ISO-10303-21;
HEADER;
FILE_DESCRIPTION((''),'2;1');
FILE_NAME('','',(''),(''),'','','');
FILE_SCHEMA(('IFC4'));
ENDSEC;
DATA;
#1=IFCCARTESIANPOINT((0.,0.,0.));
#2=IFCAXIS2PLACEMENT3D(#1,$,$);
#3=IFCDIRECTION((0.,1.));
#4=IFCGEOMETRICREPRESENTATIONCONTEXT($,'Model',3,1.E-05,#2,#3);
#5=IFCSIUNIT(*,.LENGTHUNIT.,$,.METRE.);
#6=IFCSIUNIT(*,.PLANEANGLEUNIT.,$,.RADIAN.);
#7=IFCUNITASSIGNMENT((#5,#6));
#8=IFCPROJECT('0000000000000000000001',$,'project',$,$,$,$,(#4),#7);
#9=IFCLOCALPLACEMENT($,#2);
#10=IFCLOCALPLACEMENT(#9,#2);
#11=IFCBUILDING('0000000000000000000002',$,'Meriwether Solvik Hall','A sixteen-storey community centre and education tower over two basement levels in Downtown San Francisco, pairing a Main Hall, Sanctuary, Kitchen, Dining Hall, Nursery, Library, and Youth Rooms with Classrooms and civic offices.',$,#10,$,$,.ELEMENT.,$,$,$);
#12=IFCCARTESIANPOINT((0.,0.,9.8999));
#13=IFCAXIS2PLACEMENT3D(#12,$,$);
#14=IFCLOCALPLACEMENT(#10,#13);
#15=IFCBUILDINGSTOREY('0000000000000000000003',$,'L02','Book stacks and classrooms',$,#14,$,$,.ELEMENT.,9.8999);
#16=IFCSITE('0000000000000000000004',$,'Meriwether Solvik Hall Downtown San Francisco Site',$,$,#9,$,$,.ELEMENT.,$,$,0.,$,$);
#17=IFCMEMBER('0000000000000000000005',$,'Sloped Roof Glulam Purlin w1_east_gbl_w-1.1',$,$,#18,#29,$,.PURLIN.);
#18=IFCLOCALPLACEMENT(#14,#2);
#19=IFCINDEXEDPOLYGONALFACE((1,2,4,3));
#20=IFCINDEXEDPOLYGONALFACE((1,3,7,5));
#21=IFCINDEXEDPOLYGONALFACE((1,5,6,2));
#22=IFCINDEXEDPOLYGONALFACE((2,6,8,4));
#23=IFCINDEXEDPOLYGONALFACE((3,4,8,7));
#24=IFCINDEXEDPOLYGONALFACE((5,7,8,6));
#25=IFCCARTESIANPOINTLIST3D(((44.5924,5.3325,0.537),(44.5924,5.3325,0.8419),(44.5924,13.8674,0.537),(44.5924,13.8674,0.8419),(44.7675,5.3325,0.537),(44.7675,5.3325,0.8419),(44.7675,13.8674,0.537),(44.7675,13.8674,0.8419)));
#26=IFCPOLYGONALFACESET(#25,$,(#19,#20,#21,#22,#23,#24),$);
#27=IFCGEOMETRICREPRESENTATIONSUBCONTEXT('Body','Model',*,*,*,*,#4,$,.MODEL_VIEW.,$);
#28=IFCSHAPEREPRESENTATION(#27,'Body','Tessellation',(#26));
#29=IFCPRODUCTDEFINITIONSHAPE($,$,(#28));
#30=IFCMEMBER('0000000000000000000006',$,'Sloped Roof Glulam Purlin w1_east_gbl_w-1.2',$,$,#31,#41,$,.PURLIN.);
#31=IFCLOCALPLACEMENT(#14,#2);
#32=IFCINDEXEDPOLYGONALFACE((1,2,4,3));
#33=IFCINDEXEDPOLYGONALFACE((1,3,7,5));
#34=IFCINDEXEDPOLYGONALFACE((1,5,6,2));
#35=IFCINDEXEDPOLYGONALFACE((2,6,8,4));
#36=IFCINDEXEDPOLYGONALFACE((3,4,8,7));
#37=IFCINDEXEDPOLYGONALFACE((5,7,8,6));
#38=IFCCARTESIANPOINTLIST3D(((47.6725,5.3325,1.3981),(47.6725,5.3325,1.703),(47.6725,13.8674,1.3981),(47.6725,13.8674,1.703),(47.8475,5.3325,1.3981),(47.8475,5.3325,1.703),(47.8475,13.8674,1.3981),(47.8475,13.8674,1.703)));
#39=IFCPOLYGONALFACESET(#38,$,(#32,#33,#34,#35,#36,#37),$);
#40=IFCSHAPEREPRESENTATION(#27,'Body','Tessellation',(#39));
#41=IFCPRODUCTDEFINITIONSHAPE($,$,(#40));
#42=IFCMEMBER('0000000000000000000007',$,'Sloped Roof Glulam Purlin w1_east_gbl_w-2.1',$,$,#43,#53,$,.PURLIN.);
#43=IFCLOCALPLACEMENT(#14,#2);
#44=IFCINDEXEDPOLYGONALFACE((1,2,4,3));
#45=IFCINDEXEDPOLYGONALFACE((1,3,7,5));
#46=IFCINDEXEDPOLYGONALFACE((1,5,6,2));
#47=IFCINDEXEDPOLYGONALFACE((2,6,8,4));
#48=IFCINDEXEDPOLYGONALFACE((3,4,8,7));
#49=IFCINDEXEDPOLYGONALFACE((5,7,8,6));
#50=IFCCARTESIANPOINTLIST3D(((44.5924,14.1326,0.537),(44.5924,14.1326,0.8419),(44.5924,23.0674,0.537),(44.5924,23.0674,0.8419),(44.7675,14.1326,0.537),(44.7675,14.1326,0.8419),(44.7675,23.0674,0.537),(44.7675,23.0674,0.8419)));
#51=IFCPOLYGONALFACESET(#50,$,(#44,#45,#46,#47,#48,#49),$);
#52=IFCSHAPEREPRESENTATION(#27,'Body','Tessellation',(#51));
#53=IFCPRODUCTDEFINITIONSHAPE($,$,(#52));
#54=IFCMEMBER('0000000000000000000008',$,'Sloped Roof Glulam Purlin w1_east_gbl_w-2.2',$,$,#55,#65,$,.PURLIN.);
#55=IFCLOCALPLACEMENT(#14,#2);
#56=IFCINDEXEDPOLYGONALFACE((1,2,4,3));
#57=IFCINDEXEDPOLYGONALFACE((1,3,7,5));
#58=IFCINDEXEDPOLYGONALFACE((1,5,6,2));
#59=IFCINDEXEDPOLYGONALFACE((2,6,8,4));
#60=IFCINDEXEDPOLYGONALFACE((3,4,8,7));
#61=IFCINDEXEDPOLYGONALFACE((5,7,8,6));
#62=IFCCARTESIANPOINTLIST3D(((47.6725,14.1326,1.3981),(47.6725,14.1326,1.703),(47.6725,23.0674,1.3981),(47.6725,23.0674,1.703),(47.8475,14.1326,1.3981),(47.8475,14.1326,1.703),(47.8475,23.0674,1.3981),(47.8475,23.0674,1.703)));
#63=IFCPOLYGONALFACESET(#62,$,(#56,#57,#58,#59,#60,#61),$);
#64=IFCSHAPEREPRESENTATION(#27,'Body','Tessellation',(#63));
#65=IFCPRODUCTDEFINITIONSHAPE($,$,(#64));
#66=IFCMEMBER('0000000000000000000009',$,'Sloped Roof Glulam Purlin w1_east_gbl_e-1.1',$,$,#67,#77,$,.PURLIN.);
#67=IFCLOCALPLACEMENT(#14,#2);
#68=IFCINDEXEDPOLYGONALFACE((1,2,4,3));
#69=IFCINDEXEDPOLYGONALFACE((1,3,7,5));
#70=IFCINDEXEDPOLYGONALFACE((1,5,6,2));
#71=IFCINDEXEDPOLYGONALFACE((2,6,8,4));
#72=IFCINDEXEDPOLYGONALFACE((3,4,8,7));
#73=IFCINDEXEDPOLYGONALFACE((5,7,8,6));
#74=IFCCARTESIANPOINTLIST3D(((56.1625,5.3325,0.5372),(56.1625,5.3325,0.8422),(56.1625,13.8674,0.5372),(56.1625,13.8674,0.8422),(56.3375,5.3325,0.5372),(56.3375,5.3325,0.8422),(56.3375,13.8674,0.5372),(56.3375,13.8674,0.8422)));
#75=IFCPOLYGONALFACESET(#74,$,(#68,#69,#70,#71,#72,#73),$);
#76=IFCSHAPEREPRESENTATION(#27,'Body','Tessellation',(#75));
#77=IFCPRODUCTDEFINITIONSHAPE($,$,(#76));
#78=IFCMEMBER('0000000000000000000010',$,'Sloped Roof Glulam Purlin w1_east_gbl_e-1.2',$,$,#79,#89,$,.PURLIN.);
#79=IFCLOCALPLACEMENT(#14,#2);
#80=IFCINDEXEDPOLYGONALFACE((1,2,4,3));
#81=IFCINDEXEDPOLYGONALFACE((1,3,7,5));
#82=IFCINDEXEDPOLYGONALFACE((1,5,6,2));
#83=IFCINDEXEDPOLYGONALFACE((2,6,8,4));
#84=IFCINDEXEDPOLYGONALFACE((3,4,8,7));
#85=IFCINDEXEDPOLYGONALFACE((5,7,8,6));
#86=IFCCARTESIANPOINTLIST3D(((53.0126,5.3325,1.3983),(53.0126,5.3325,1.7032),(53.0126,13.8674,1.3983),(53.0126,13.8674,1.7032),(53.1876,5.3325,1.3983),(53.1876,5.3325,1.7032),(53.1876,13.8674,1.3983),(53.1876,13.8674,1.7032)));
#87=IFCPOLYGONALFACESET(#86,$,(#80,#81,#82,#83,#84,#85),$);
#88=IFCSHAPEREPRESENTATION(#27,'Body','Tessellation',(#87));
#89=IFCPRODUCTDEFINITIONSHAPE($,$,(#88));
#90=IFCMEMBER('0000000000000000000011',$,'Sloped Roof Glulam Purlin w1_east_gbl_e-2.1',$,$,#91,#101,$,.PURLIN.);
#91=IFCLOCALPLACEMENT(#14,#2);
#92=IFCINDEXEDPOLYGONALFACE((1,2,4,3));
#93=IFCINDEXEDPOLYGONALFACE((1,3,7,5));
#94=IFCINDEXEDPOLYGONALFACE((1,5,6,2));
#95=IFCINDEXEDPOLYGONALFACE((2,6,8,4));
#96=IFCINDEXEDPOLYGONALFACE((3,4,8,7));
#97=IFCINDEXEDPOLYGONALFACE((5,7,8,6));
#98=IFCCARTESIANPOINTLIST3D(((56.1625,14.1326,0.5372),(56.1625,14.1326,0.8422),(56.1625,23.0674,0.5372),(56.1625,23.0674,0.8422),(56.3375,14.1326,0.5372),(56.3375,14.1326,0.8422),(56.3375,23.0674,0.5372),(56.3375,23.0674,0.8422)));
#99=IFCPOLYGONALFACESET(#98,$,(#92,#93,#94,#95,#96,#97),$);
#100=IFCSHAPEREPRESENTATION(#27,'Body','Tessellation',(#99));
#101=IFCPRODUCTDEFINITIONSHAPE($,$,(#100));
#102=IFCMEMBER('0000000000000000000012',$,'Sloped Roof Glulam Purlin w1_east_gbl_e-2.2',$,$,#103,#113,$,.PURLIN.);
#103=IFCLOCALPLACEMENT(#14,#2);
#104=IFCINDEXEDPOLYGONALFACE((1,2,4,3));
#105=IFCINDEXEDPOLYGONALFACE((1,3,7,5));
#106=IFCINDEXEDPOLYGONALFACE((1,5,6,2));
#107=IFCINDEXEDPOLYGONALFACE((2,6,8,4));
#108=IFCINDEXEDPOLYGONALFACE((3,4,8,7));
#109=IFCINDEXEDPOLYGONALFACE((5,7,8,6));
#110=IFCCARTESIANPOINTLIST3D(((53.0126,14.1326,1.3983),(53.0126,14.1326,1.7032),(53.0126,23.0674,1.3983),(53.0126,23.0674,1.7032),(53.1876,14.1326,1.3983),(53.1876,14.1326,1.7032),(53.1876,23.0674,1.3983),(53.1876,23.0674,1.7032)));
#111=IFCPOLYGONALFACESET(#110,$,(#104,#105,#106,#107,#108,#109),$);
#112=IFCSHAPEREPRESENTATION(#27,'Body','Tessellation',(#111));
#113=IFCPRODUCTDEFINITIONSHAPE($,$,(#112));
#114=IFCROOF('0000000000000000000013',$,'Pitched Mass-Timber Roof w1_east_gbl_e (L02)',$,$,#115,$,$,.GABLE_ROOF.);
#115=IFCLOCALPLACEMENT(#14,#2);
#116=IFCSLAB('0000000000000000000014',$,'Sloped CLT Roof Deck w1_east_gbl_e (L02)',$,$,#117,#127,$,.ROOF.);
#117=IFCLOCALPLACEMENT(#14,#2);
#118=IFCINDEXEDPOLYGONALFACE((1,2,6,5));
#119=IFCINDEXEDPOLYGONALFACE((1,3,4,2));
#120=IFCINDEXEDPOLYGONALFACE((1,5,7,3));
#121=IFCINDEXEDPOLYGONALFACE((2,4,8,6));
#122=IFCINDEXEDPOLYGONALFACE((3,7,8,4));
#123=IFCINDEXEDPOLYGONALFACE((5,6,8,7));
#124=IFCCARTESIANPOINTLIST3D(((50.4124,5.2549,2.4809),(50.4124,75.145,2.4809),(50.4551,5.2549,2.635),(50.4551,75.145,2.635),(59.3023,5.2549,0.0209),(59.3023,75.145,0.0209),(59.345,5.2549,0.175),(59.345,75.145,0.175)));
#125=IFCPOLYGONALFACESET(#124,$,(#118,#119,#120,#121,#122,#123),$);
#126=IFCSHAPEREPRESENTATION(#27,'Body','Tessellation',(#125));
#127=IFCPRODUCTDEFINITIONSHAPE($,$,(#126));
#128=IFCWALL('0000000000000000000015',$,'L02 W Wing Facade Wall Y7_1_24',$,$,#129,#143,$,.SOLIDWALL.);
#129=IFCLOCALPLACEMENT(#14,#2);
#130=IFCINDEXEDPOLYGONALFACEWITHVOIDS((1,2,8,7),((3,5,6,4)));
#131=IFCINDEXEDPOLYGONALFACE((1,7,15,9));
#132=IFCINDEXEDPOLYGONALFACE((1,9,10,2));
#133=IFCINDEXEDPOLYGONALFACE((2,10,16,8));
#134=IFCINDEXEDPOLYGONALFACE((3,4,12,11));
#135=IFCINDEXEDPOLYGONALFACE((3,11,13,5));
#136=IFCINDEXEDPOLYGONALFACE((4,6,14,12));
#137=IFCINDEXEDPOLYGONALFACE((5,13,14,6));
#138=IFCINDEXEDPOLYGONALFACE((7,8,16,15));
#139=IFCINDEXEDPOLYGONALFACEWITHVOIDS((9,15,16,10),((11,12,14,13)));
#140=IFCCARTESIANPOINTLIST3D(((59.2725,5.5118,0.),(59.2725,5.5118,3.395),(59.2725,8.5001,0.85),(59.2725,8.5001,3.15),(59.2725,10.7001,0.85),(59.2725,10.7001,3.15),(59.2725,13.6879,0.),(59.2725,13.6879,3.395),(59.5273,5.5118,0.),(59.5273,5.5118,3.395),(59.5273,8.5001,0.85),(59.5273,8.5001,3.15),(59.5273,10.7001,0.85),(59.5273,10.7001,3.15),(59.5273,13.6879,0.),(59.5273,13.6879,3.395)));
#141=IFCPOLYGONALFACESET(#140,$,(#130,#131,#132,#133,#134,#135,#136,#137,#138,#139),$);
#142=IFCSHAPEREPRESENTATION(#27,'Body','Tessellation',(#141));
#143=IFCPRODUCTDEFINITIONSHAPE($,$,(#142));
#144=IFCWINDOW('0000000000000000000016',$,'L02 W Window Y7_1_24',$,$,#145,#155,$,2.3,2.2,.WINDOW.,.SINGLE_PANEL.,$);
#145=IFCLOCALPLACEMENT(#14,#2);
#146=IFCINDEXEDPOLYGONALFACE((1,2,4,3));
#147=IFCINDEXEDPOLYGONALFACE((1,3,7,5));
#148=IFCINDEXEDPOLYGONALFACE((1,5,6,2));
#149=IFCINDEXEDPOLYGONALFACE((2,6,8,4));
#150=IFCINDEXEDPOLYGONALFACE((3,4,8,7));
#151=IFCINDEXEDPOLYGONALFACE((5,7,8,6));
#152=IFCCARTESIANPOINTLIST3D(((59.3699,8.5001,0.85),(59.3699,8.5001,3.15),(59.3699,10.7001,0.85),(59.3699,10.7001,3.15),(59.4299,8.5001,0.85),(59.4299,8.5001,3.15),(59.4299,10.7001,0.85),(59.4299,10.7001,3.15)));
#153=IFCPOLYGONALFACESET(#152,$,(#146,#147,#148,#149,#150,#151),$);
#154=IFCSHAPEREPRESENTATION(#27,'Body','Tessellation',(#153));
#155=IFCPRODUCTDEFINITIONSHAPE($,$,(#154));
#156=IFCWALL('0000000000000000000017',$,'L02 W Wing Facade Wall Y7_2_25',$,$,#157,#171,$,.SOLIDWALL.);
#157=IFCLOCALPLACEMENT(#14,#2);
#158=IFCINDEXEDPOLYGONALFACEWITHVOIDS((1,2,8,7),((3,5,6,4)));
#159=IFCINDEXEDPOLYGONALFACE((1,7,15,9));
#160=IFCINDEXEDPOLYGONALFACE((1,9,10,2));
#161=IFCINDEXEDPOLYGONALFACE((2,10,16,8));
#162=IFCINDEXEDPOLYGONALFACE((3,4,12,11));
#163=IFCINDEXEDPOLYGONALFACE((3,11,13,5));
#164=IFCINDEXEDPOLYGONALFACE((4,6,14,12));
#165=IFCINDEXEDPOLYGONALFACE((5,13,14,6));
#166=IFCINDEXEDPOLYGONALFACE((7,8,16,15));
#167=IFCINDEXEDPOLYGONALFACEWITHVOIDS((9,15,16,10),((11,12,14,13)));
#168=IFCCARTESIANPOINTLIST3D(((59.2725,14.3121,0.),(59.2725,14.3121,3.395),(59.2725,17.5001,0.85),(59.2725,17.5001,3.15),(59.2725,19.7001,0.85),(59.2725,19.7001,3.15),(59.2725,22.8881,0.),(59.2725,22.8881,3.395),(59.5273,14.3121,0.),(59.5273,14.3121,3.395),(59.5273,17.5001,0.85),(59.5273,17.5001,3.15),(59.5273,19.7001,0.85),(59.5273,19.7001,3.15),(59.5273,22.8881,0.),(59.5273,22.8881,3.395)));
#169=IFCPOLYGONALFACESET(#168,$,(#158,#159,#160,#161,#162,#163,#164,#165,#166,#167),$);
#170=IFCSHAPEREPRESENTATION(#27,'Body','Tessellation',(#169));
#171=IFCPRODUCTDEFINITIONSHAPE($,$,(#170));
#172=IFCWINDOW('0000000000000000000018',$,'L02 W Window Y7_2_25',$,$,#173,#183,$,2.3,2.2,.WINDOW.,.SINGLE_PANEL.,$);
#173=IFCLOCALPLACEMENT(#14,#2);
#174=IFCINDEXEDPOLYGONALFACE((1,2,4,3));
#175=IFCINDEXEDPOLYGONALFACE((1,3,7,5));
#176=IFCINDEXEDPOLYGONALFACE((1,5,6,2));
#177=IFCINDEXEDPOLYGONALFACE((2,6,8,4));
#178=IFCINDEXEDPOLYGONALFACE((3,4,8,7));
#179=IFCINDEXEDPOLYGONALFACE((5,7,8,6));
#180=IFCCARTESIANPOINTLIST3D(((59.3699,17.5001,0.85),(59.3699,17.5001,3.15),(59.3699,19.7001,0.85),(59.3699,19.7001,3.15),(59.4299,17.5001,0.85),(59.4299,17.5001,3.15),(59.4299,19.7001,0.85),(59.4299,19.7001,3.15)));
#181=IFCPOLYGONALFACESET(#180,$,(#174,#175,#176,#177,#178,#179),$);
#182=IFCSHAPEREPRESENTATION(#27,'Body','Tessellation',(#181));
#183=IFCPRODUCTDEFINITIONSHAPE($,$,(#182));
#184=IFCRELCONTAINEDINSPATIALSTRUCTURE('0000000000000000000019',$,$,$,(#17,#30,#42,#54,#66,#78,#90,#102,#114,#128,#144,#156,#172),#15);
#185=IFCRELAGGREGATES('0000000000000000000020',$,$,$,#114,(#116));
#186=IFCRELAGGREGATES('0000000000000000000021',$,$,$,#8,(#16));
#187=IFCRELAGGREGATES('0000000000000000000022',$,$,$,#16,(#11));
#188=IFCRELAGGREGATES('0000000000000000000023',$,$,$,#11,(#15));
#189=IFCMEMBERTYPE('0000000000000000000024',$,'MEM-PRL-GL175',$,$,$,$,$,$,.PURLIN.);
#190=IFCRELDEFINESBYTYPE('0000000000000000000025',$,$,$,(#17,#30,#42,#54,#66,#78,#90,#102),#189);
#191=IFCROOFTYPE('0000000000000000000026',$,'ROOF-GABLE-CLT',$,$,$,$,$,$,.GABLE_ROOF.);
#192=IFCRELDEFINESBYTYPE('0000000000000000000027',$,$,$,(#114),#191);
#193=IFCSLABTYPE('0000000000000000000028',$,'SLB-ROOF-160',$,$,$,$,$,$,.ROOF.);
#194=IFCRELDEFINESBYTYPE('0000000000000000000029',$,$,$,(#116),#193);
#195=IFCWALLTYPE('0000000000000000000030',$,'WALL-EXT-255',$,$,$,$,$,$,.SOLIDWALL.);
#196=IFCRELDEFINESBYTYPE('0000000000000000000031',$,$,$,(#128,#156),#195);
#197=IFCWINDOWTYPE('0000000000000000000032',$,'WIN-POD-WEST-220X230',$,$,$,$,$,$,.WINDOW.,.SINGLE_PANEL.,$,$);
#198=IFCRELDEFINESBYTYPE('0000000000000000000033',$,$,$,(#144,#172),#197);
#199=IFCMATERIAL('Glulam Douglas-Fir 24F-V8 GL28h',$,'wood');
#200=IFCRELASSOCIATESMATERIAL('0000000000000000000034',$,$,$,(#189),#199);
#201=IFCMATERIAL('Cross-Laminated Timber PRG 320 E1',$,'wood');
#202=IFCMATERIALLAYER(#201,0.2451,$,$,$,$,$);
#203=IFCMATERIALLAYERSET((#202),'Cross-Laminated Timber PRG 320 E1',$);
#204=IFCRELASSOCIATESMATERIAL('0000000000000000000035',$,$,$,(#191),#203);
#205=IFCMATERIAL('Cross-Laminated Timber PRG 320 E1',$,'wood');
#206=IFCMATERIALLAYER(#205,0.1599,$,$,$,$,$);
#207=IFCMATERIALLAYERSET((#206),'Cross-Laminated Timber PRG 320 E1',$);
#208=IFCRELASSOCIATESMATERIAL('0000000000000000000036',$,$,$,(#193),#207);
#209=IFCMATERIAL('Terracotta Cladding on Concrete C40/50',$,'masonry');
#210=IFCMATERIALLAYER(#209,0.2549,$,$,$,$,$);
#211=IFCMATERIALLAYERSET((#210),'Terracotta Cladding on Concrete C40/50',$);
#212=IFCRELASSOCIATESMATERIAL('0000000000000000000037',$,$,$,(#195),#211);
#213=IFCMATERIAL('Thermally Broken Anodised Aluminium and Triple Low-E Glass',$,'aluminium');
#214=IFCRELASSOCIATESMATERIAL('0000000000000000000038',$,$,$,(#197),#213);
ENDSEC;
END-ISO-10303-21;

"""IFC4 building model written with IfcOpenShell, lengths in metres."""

from ifc_helpers import new_model, si_unit, direction, frame, frame_2d, origin, origin_2d, place, context, subcontext, project, spatial, polyline, rectangle, outline, extrude, material, layer, layer_set, material_profile, profile_set, type_object, element, fill, aggregate, save


model = new_model("IFC4")

# Units and contexts
model_context = context("Model", 3, precision=1e-05, world=origin(), true_north=direction((0.0, 1.0)))
body_context = subcontext(model_context, "Body", "Model", "MODEL_VIEW")
ifc_project = project(units=[si_unit("LENGTHUNIT", "METRE"), si_unit("PLANEANGLEUNIT", "RADIAN")], contexts=[model_context])

# Site, building, storey
site_placement = place(None, origin())
site = spatial("IfcSite", under=ifc_project, at=site_placement, Name="Meriwether Solvik Hall Downtown San Francisco Site", CompositionType="ELEMENT", RefElevation=0.0)
building_placement = place(site_placement, origin())
building = spatial("IfcBuilding", under=site, at=building_placement, Name="Meriwether Solvik Hall", Description="A sixteen-storey community centre and education tower over two basement levels in Downtown San Francisco, pairing a Main Hall, Sanctuary, Kitchen, Dining Hall, Nursery, Library, and Youth Rooms with Classrooms and civic offices.", CompositionType="ELEMENT")
storey_placement = place(building_placement, frame((0.0, 0.0, 9.8999)))
storey = spatial("IfcBuildingStorey", under=building, at=storey_placement, Name="L02", Description="Book stacks and classrooms", CompositionType="ELEMENT", Elevation=9.8999)

# Members
ifc_material_1 = material(Name="Glulam Douglas-Fir 24F-V8 GL28h", Category="wood")
ifc_material_profile_1 = material_profile(ifc_material_1, rectangle(XDim=0.175, YDim=0.3049, at=origin_2d()), Name="GLM-175X305")
ifc_profile_set_1 = profile_set([ifc_material_profile_1], Name="Glulam Douglas-Fir 24F-V8 GL28h")
member_type = type_object("IfcMemberType", Name="MEM-PRL-GL175", PredefinedType="PURLIN", material=ifc_profile_set_1)
for number, where, z_axis, x_axis, name in (
    (1, (44.6799, 5.3325, 0.6895), (0.0, 1.0, 0.0), (-1.0, 0.0, 0.0), "Sloped Roof Glulam Purlin w1_east_gbl_w-1.1"),
    (2, (47.76, 5.3325, 1.5505), (0.0, 1.0, 0.0), (-1.0, 0.0, 0.0), "Sloped Roof Glulam Purlin w1_east_gbl_w-1.2"),
):
    element("IfcMember", number, at=place(storey_placement, frame(where, z_axis=z_axis, x_axis=x_axis)), inside=storey, type_object=member_type, Name=name, PredefinedType="PURLIN", context=body_context, shape_type="SweptSolid", body=[
        extrude(rectangle(XDim=0.175, YDim=0.3049, at=origin_2d()), origin(), (0.0, 0.0, 1.0), 8.5349),
    ])
for number, where, z_axis, x_axis, name in (
    (3, (44.6799, 14.1326, 0.6895), (0.0, 1.0, 0.0), (-1.0, 0.0, 0.0), "Sloped Roof Glulam Purlin w1_east_gbl_w-2.1"),
    (4, (47.76, 14.1326, 1.5505), (0.0, 1.0, 0.0), (-1.0, 0.0, 0.0), "Sloped Roof Glulam Purlin w1_east_gbl_w-2.2"),
):
    element("IfcMember", number, at=place(storey_placement, frame(where, z_axis=z_axis, x_axis=x_axis)), inside=storey, type_object=member_type, Name=name, PredefinedType="PURLIN", context=body_context, shape_type="SweptSolid", body=[
        extrude(rectangle(XDim=0.175, YDim=0.3049, at=origin_2d()), origin(), (0.0, 0.0, 1.0), 8.9348),
    ])
for number, where, z_axis, x_axis, name in (
    (5, (56.25, 5.3325, 0.6897), (0.0, 1.0, 0.0), (-1.0, 0.0, 0.0), "Sloped Roof Glulam Purlin w1_east_gbl_e-1.1"),
    (6, (53.1001, 5.3325, 1.5508), (0.0, 1.0, 0.0), (-1.0, 0.0, 0.0), "Sloped Roof Glulam Purlin w1_east_gbl_e-1.2"),
):
    element("IfcMember", number, at=place(storey_placement, frame(where, z_axis=z_axis, x_axis=x_axis)), inside=storey, type_object=member_type, Name=name, PredefinedType="PURLIN", context=body_context, shape_type="SweptSolid", body=[
        extrude(rectangle(XDim=0.175, YDim=0.3049, at=origin_2d()), origin(), (0.0, 0.0, 1.0), 8.5349),
    ])
for number, where, z_axis, x_axis, name in (
    (7, (56.25, 14.1326, 0.6897), (0.0, 1.0, 0.0), (-1.0, 0.0, 0.0), "Sloped Roof Glulam Purlin w1_east_gbl_e-2.1"),
    (8, (53.1001, 14.1326, 1.5508), (0.0, 1.0, 0.0), (-1.0, 0.0, 0.0), "Sloped Roof Glulam Purlin w1_east_gbl_e-2.2"),
):
    element("IfcMember", number, at=place(storey_placement, frame(where, z_axis=z_axis, x_axis=x_axis)), inside=storey, type_object=member_type, Name=name, PredefinedType="PURLIN", context=body_context, shape_type="SweptSolid", body=[
        extrude(rectangle(XDim=0.175, YDim=0.3049, at=origin_2d()), origin(), (0.0, 0.0, 1.0), 8.9348),
    ])

# Roof, slab
ifc_material_2 = material(Name="Cross-Laminated Timber PRG 320 E1", Category="wood")
ifc_layer_1 = layer(ifc_material_2, 0.2451)
ifc_layer_set_1 = layer_set([ifc_layer_1], Name="Cross-Laminated Timber PRG 320 E1")
roof_type = type_object("IfcRoofType", Name="ROOF-GABLE-CLT", PredefinedType="GABLE_ROOF", material=ifc_layer_set_1)
roof_placement = place(storey_placement, origin())
roof = element("IfcRoof", 9, at=roof_placement, inside=storey, type_object=roof_type, Name="Pitched Mass-Timber Roof w1_east_gbl_e (L02)", PredefinedType="GABLE_ROOF")
ifc_material_3 = material(Name="Cross-Laminated Timber PRG 320 E1", Category="wood")
ifc_layer_2 = layer(ifc_material_3, 0.1599)
ifc_layer_set_2 = layer_set([ifc_layer_2], Name="Cross-Laminated Timber PRG 320 E1")
slab_type = type_object("IfcSlabType", Name="SLB-ROOF-160", PredefinedType="ROOF", material=ifc_layer_set_2)
slab_placement = place(storey_placement, frame((50.4551, 5.2549, 2.635), z_axis=(0.266692, 0.0, 0.963782), x_axis=(0.963782, 0.0, -0.266692)))
slab = element("IfcSlab", 10, at=slab_placement, type_object=slab_type, Name="Sloped CLT Roof Deck w1_east_gbl_e (L02)", PredefinedType="ROOF", context=body_context, shape_type="SweptSolid", body=[
    extrude(outline(polyline([(0.0, 0.0), (9.224, 0.0), (9.224, 69.8901), (0.0, 69.8901), (0.0, 0.0)])), origin(), (0.0, 0.0, -1.0), 0.1599),
])
aggregate(roof, [slab])

# Walls, openings, windows
ifc_material_4 = material(Name="Terracotta Cladding on Concrete C40/50", Category="masonry")
ifc_layer_3 = layer(ifc_material_4, 0.2549)
ifc_layer_set_3 = layer_set([ifc_layer_3], Name="Terracotta Cladding on Concrete C40/50")
wall_type = type_object("IfcWallType", Name="WALL-EXT-255", PredefinedType="SOLIDWALL", material=ifc_layer_set_3)
wall_1_placement = place(storey_placement, frame((59.3999, 5.512, 0.0), z_axis=(0.0, 0.0, 1.0), x_axis=(0.0, 1.0, 0.0)))
wall_1 = element("IfcWall", 11, at=wall_1_placement, inside=storey, type_object=wall_type, Name="L02 W Wing Facade Wall Y7_1_24", PredefinedType="SOLIDWALL", context=body_context, shape_type="SweptSolid", body=[
    extrude(rectangle(XDim=8.176, YDim=0.2549, at=frame_2d((4.0879, 0.0))), origin(), (0.0, 0.0, 1.0), 3.395),
])
opening_1_placement = place(wall_1_placement, frame((2.988, 0.0, 0.8501)))
opening_1 = element("IfcOpeningElement", 12, at=opening_1_placement, cuts=wall_1, PredefinedType="OPENING", context=body_context, shape_type="SweptSolid", body=[
    extrude(rectangle(XDim=2.2, YDim=2.3, at=frame_2d((1.1001, 1.1499))), frame((0.0, 0.1394, 0.0), z_axis=(0.0, -1.0, 0.0), x_axis=(1.0, 0.0, 0.0)), (0.0, 0.0, 1.0), 0.2788),
])
ifc_material_5 = material(Name="Thermally Broken Anodised Aluminium and Triple Low-E Glass", Category="aluminium")
window_type = type_object("IfcWindowType", Name="WIN-POD-WEST-220X230", PartitioningType="SINGLE_PANEL", PredefinedType="WINDOW", material=ifc_material_5)
window_1_placement = place(opening_1_placement, origin())
window_1 = element("IfcWindow", 13, at=window_1_placement, inside=storey, type_object=window_type, Name="L02 W Window Y7_1_24", OverallHeight=2.3, OverallWidth=2.2, PartitioningType="SINGLE_PANEL", PredefinedType="WINDOW", context=body_context, shape_type="SweptSolid", body=[
    extrude(rectangle(XDim=2.2, YDim=2.3, at=frame_2d((1.1001, 1.1499))), frame((0.0, 0.03, 0.0), z_axis=(0.0, -1.0, 0.0), x_axis=(1.0, 0.0, 0.0)), (0.0, 0.0, 1.0), 0.0601),
])
fill(opening_1, window_1)
wall_2_placement = place(storey_placement, frame((59.3999, 14.312, 0.0), z_axis=(0.0, 0.0, 1.0), x_axis=(0.0, 1.0, 0.0)))
wall_2 = element("IfcWall", 14, at=wall_2_placement, inside=storey, type_object=wall_type, Name="L02 W Wing Facade Wall Y7_2_25", PredefinedType="SOLIDWALL", context=body_context, shape_type="SweptSolid", body=[
    extrude(rectangle(XDim=8.5759, YDim=0.2549, at=frame_2d((4.2881, 0.0))), origin(), (0.0, 0.0, 1.0), 3.395),
])
opening_2_placement = place(wall_2_placement, frame((3.188, 0.0, 0.8501)))
opening_2 = element("IfcOpeningElement", 15, at=opening_2_placement, cuts=wall_2, PredefinedType="OPENING", context=body_context, shape_type="SweptSolid", body=[
    extrude(rectangle(XDim=2.2, YDim=2.3, at=frame_2d((1.1001, 1.1499))), frame((0.0, 0.1394, 0.0), z_axis=(0.0, -1.0, 0.0), x_axis=(1.0, 0.0, 0.0)), (0.0, 0.0, 1.0), 0.2788),
])
window_2_placement = place(opening_2_placement, origin())
window_2 = element("IfcWindow", 16, at=window_2_placement, inside=storey, type_object=window_type, Name="L02 W Window Y7_2_25", OverallHeight=2.3, OverallWidth=2.2, PartitioningType="SINGLE_PANEL", PredefinedType="WINDOW", context=body_context, shape_type="SweptSolid", body=[
    extrude(rectangle(XDim=2.2, YDim=2.3, at=frame_2d((1.1001, 1.1499))), frame((0.0, 0.03, 0.0), z_axis=(0.0, -1.0, 0.0), x_axis=(1.0, 0.0, 0.0)), (0.0, 0.0, 1.0), 0.0601),
])
fill(opening_2, window_2)

save(model, "model.ifc")
